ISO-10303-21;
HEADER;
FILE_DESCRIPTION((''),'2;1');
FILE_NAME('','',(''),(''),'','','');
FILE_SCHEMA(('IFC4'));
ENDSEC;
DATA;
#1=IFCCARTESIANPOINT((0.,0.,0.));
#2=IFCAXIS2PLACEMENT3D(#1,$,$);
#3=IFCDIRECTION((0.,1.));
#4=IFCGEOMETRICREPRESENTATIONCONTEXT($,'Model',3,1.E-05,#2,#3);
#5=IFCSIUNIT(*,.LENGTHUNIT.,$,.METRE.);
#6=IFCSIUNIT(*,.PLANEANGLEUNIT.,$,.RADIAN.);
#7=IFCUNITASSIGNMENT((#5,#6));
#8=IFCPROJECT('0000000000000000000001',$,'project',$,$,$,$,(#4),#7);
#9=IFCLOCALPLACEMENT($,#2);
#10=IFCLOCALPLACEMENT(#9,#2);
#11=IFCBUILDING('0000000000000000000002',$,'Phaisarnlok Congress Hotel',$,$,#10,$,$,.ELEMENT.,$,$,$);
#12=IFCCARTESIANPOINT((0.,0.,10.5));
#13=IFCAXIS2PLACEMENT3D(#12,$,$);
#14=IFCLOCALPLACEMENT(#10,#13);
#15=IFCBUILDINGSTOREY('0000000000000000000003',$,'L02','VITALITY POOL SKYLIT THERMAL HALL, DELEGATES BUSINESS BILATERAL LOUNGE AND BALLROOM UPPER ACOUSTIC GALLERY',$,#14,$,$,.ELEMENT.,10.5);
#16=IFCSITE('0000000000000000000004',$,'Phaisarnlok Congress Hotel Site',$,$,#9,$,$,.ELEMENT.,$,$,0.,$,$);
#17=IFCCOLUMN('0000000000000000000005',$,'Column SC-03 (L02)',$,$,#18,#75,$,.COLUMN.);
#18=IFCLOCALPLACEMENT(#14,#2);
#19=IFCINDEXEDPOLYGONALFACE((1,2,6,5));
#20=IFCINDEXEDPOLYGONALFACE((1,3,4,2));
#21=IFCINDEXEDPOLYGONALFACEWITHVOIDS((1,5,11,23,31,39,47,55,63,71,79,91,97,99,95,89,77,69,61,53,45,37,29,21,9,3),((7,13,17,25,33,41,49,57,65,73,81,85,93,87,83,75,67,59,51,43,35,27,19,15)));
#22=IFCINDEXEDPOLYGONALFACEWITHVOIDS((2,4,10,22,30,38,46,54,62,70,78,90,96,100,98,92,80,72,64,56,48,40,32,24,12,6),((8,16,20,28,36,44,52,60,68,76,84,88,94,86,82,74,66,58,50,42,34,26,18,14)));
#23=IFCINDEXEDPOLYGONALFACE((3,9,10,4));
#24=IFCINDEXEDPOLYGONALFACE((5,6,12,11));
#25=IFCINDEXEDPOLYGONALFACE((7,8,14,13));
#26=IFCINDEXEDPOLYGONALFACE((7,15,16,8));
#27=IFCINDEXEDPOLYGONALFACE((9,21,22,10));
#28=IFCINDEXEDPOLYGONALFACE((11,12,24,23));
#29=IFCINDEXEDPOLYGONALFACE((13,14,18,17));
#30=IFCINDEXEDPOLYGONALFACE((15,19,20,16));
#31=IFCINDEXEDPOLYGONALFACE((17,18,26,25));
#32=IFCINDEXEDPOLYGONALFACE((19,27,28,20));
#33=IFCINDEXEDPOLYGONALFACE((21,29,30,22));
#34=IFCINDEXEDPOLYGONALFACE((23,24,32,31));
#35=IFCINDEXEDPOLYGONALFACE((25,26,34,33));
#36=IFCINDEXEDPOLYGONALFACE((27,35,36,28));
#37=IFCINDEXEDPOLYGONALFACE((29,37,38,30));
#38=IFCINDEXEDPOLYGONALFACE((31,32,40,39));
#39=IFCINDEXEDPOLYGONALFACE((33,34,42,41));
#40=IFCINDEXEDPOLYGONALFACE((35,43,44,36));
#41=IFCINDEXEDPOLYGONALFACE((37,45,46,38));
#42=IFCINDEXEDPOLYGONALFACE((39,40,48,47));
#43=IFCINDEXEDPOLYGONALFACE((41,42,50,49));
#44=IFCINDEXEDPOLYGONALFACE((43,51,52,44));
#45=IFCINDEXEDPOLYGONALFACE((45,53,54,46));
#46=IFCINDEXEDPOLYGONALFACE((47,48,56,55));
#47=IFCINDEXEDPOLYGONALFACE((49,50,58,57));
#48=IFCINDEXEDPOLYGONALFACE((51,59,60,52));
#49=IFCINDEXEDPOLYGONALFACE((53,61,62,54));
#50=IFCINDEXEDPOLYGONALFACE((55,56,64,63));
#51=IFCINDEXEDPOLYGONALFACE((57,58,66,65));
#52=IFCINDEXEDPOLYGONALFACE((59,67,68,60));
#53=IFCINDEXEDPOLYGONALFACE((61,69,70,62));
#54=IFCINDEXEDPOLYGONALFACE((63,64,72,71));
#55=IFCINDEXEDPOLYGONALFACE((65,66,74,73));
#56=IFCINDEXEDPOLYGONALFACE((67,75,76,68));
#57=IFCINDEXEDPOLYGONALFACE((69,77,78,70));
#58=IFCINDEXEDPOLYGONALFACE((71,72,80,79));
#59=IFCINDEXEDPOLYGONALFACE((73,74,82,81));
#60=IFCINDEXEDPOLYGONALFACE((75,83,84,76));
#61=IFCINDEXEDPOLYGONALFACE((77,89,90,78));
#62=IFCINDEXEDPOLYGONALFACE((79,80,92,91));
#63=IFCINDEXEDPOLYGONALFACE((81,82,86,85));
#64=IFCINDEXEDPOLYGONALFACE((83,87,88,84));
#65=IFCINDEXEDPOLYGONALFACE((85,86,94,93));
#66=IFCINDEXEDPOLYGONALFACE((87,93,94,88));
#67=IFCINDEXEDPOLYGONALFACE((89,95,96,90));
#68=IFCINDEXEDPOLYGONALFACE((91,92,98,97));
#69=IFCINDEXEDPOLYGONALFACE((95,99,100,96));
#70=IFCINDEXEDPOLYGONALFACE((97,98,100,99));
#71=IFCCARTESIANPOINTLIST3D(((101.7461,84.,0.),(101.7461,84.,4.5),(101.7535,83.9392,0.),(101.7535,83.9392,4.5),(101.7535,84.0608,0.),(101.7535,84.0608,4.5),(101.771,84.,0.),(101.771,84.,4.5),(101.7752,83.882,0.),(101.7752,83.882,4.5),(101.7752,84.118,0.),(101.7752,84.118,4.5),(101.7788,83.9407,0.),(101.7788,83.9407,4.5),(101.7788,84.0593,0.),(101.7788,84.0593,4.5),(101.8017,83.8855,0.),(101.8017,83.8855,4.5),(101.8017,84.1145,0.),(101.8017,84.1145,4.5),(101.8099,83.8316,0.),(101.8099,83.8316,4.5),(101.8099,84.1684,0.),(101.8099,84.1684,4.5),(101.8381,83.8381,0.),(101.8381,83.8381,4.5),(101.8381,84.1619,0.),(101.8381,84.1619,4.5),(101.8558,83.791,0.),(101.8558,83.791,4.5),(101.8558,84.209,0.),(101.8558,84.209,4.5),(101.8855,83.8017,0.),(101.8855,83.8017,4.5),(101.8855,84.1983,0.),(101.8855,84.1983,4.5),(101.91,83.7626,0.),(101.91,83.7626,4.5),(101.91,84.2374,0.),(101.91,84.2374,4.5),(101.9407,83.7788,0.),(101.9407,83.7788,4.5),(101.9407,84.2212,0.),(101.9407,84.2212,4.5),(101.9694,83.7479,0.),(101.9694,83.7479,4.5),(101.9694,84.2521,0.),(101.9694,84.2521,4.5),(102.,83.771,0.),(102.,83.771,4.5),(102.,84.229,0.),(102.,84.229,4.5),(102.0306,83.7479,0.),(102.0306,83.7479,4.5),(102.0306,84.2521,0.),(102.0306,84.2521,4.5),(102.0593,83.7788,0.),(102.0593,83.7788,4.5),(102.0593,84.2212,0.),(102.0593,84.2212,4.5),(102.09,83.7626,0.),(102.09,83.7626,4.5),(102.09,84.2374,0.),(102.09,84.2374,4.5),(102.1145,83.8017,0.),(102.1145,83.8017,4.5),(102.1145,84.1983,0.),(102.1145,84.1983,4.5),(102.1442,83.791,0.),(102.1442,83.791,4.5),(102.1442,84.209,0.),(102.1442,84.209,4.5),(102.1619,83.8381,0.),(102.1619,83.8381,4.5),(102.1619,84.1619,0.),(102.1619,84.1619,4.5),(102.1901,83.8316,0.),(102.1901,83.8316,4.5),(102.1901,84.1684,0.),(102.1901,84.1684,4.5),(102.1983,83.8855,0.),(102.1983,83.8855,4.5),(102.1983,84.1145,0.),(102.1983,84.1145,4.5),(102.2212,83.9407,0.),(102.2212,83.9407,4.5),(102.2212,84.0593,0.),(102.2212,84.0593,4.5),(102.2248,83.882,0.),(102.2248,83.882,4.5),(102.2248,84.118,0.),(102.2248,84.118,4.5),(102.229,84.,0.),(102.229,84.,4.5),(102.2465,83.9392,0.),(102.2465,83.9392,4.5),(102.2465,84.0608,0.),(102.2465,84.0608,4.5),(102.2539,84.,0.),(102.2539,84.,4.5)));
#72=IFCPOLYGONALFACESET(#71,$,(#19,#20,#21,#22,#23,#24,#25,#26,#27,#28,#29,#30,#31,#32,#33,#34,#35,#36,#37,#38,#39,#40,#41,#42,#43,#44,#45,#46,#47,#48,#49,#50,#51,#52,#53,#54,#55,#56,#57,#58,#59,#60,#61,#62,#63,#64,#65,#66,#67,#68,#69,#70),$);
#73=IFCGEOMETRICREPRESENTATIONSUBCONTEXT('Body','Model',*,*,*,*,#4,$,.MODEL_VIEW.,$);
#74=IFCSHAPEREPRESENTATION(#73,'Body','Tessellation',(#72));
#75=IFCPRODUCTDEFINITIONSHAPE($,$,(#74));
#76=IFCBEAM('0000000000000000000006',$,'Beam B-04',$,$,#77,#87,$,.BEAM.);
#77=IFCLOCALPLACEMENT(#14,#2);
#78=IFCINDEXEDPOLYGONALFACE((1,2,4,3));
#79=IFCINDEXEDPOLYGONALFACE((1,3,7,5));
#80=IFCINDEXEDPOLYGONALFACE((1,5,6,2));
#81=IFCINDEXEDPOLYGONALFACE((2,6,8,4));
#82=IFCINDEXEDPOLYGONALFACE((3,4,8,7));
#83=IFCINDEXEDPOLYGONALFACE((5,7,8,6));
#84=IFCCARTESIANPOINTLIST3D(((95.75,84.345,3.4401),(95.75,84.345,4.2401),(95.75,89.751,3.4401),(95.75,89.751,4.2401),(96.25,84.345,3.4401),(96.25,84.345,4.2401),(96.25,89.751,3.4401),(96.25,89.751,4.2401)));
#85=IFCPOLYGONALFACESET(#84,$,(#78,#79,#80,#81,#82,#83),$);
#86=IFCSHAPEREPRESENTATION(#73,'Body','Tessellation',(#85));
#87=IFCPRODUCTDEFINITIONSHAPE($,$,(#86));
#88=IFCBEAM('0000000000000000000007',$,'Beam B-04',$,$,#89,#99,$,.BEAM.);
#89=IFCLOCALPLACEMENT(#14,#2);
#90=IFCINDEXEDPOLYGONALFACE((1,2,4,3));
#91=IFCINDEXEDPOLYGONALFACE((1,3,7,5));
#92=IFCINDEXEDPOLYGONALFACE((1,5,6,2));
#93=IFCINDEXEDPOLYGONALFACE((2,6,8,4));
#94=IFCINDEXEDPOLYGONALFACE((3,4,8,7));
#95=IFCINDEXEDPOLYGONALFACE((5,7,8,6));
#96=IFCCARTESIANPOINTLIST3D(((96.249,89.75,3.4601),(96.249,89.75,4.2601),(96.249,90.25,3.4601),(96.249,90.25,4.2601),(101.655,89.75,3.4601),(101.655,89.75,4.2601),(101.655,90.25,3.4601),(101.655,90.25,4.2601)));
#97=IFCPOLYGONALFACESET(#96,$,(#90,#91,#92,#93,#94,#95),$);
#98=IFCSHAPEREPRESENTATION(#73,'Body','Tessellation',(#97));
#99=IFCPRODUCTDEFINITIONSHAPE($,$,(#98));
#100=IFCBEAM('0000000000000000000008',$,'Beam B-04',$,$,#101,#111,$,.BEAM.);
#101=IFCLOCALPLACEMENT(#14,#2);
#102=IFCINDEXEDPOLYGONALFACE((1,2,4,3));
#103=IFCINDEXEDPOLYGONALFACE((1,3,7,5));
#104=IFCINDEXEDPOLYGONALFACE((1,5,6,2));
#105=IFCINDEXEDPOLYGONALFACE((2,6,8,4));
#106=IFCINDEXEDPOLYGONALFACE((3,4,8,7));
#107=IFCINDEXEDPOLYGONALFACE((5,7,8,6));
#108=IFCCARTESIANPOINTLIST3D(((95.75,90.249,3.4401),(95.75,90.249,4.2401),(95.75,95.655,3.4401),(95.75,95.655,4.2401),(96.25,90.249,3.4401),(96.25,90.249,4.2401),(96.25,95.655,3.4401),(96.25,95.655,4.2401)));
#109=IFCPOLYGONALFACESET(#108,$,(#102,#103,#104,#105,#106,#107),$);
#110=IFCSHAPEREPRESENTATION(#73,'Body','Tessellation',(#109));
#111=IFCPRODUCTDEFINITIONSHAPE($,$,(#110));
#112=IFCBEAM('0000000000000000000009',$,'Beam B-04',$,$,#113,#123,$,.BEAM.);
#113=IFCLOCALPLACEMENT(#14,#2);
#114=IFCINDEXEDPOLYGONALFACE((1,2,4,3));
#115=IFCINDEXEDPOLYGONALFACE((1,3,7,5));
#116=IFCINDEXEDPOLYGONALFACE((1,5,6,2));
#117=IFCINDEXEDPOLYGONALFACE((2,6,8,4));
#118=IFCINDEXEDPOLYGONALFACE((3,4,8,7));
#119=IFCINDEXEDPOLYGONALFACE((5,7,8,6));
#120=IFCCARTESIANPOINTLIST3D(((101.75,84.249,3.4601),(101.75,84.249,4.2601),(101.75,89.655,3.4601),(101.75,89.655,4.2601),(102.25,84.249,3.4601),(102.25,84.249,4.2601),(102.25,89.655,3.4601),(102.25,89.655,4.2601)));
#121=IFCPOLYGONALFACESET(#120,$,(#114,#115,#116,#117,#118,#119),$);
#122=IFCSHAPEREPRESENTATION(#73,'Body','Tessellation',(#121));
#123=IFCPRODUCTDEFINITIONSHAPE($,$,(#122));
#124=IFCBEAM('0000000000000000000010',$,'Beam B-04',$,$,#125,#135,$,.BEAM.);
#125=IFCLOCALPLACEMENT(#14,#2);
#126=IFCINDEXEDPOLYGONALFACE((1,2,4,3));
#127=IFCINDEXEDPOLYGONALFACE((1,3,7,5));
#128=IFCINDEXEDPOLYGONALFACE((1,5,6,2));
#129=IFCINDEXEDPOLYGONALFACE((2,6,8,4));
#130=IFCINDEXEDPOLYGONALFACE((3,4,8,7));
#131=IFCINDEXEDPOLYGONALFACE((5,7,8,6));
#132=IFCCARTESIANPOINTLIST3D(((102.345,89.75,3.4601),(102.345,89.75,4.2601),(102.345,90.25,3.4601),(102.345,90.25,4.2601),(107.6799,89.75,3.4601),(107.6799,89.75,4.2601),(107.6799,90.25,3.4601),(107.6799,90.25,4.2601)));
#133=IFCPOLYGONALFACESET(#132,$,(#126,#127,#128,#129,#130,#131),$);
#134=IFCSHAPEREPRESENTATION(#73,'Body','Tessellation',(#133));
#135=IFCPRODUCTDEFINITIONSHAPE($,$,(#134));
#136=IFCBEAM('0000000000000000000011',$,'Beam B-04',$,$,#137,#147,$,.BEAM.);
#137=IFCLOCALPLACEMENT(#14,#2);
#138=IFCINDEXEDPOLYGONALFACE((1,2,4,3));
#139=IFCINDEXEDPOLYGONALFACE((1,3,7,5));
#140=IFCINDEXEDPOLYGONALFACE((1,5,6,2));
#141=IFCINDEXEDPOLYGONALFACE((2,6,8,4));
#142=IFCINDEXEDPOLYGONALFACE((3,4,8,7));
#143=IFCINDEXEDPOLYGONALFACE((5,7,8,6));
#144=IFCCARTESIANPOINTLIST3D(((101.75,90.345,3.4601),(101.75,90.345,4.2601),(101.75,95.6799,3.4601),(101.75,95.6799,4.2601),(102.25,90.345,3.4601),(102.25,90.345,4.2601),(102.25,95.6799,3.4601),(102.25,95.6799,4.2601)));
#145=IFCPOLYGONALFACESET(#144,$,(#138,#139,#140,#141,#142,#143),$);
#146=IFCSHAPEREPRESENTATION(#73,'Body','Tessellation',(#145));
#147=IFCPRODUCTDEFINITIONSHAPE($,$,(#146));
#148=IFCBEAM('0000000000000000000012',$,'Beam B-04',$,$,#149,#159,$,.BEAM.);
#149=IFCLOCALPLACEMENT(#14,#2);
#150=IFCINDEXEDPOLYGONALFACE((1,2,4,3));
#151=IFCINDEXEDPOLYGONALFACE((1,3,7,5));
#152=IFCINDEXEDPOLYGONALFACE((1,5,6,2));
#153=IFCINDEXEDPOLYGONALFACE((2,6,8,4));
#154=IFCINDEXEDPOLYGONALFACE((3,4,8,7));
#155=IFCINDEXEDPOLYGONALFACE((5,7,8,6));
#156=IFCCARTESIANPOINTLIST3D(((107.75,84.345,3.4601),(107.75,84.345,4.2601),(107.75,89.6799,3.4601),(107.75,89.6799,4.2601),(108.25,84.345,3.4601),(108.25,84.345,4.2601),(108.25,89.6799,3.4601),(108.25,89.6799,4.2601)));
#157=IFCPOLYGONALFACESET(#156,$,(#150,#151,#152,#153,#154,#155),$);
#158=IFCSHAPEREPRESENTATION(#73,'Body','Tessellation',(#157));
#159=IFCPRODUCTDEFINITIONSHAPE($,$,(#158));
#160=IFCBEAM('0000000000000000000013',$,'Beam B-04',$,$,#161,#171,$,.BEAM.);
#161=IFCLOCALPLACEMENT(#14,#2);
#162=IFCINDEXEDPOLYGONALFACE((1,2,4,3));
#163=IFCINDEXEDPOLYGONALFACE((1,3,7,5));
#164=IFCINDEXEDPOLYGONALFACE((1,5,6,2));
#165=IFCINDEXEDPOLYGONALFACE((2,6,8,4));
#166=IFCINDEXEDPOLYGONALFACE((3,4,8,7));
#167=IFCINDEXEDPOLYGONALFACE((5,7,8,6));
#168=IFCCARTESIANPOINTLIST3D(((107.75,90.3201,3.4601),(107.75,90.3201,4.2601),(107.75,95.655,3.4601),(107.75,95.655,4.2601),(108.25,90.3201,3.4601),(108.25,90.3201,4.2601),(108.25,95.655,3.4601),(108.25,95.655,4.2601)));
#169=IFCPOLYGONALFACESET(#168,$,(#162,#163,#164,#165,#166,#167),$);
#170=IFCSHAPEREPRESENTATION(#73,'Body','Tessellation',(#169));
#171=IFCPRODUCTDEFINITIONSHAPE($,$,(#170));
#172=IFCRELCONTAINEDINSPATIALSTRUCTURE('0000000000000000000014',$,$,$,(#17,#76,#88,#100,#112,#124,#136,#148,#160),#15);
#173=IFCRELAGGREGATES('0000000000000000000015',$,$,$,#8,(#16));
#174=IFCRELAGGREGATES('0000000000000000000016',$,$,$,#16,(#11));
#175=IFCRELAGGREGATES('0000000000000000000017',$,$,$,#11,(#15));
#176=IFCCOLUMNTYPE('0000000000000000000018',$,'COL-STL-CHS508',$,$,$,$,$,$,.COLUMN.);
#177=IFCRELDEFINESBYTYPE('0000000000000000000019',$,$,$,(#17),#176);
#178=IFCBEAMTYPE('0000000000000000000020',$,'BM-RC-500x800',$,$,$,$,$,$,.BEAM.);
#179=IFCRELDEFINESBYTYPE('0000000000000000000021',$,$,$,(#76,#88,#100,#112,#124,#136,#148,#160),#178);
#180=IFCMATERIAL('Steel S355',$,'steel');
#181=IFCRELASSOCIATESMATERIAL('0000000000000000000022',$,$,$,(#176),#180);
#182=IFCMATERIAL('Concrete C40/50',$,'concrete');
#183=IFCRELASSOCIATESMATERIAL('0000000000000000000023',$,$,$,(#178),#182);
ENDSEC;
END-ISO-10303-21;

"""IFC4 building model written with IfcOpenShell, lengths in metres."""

from ifc_helpers import new_model, si_unit, direction, frame, origin, origin_2d, place, context, subcontext, project, spatial, rectangle, hollow_circle, extrude, material, material_profile, profile_set, type_object, element, save


model = new_model("IFC4")

# Units and contexts
model_context = context("Model", 3, precision=1e-05, world=origin(), true_north=direction((0.0, 1.0)))
body_context = subcontext(model_context, "Body", "Model", "MODEL_VIEW")
ifc_project = project(units=[si_unit("LENGTHUNIT", "METRE"), si_unit("PLANEANGLEUNIT", "RADIAN")], contexts=[model_context])

# Site, building, storey
site_placement = place(None, origin())
site = spatial("IfcSite", under=ifc_project, at=site_placement, Name="Phaisarnlok Congress Hotel Site", CompositionType="ELEMENT", RefElevation=0.0)
building_placement = place(site_placement, origin())
building = spatial("IfcBuilding", under=site, at=building_placement, Name="Phaisarnlok Congress Hotel", CompositionType="ELEMENT")
storey_placement = place(building_placement, frame((0.0, 0.0, 10.5)))
storey = spatial("IfcBuildingStorey", under=building, at=storey_placement, Name="L02", Description="VITALITY POOL SKYLIT THERMAL HALL, DELEGATES BUSINESS BILATERAL LOUNGE AND BALLROOM UPPER ACOUSTIC GALLERY", CompositionType="ELEMENT", Elevation=10.5)

# Column
ifc_material_1 = material(Name="Steel S355", Category="steel")
ifc_material_profile_1 = material_profile(ifc_material_1, hollow_circle(Radius=0.2539, WallThickness=0.0249, at=origin_2d()), Name="CHS 508x25")
ifc_profile_set_1 = profile_set([ifc_material_profile_1], Name="Steel S355")
column_type_1 = type_object("IfcColumnType", Name="COL-STL-CHS508", PredefinedType="COLUMN", material=ifc_profile_set_1)
for number, where, z_axis, x_axis, name in (
    (1, (102.0, 84.0, 0.0), (0.0, 0.0, 1.0), (1.0, 0.0, 0.0), "Column SC-03 (L02)"),
):
    element("IfcColumn", number, at=place(storey_placement, frame(where, z_axis=z_axis, x_axis=x_axis)), inside=storey, type_object=column_type_1, Name=name, PredefinedType="COLUMN", context=body_context, shape_type="SweptSolid", body=[
        extrude(hollow_circle(Radius=0.2539, WallThickness=0.0249, at=origin_2d()), origin(), (0.0, 0.0, 1.0), 4.5),
    ])

# Beams
ifc_material_2 = material(Name="Concrete C40/50", Category="concrete")
ifc_material_profile_2 = material_profile(ifc_material_2, rectangle(XDim=0.5, YDim=0.8, at=origin_2d()), Name="RC 500x800")
ifc_profile_set_2 = profile_set([ifc_material_profile_2], Name="Concrete C40/50")
beam_type_1 = type_object("IfcBeamType", Name="BM-RC-500x800", PredefinedType="BEAM", material=ifc_profile_set_2)
for number, where, z_axis, x_axis, name in (
    (2, (96.0, 84.345, 3.8401), (0.0, 1.0, 0.0), (-1.0, 0.0, 0.0), "Beam B-04"),
    (3, (96.249, 90.0, 3.8601), (1.0, 0.0, 0.0), (0.0, 1.0, 0.0), "Beam B-04"),
    (4, (96.0, 90.249, 3.8401), (0.0, 1.0, 0.0), (-1.0, 0.0, 0.0), "Beam B-04"),
    (5, (102.0, 84.249, 3.8601), (0.0, 1.0, 0.0), (-1.0, 0.0, 0.0), "Beam B-04"),
):
    element("IfcBeam", number, at=place(storey_placement, frame(where, z_axis=z_axis, x_axis=x_axis)), inside=storey, type_object=beam_type_1, Name=name, PredefinedType="BEAM", context=body_context, shape_type="SweptSolid", body=[
        extrude(rectangle(XDim=0.5, YDim=0.8, at=origin_2d()), origin(), (0.0, 0.0, 1.0), 5.406),
    ])
for number, where, z_axis, x_axis, name in (
    (6, (102.345, 90.0, 3.8601), (1.0, 0.0, 0.0), (0.0, 1.0, 0.0), "Beam B-04"),
    (7, (102.0, 90.345, 3.8601), (0.0, 1.0, 0.0), (-1.0, 0.0, 0.0), "Beam B-04"),
    (8, (108.0, 84.345, 3.8601), (0.0, 1.0, 0.0), (-1.0, 0.0, 0.0), "Beam B-04"),
    (9, (108.0, 90.3201, 3.8601), (0.0, 1.0, 0.0), (-1.0, 0.0, 0.0), "Beam B-04"),
):
    element("IfcBeam", number, at=place(storey_placement, frame(where, z_axis=z_axis, x_axis=x_axis)), inside=storey, type_object=beam_type_1, Name=name, PredefinedType="BEAM", context=body_context, shape_type="SweptSolid", body=[
        extrude(rectangle(XDim=0.5, YDim=0.8, at=origin_2d()), origin(), (0.0, 0.0, 1.0), 5.335),
    ])

save(model, "model.ifc")
